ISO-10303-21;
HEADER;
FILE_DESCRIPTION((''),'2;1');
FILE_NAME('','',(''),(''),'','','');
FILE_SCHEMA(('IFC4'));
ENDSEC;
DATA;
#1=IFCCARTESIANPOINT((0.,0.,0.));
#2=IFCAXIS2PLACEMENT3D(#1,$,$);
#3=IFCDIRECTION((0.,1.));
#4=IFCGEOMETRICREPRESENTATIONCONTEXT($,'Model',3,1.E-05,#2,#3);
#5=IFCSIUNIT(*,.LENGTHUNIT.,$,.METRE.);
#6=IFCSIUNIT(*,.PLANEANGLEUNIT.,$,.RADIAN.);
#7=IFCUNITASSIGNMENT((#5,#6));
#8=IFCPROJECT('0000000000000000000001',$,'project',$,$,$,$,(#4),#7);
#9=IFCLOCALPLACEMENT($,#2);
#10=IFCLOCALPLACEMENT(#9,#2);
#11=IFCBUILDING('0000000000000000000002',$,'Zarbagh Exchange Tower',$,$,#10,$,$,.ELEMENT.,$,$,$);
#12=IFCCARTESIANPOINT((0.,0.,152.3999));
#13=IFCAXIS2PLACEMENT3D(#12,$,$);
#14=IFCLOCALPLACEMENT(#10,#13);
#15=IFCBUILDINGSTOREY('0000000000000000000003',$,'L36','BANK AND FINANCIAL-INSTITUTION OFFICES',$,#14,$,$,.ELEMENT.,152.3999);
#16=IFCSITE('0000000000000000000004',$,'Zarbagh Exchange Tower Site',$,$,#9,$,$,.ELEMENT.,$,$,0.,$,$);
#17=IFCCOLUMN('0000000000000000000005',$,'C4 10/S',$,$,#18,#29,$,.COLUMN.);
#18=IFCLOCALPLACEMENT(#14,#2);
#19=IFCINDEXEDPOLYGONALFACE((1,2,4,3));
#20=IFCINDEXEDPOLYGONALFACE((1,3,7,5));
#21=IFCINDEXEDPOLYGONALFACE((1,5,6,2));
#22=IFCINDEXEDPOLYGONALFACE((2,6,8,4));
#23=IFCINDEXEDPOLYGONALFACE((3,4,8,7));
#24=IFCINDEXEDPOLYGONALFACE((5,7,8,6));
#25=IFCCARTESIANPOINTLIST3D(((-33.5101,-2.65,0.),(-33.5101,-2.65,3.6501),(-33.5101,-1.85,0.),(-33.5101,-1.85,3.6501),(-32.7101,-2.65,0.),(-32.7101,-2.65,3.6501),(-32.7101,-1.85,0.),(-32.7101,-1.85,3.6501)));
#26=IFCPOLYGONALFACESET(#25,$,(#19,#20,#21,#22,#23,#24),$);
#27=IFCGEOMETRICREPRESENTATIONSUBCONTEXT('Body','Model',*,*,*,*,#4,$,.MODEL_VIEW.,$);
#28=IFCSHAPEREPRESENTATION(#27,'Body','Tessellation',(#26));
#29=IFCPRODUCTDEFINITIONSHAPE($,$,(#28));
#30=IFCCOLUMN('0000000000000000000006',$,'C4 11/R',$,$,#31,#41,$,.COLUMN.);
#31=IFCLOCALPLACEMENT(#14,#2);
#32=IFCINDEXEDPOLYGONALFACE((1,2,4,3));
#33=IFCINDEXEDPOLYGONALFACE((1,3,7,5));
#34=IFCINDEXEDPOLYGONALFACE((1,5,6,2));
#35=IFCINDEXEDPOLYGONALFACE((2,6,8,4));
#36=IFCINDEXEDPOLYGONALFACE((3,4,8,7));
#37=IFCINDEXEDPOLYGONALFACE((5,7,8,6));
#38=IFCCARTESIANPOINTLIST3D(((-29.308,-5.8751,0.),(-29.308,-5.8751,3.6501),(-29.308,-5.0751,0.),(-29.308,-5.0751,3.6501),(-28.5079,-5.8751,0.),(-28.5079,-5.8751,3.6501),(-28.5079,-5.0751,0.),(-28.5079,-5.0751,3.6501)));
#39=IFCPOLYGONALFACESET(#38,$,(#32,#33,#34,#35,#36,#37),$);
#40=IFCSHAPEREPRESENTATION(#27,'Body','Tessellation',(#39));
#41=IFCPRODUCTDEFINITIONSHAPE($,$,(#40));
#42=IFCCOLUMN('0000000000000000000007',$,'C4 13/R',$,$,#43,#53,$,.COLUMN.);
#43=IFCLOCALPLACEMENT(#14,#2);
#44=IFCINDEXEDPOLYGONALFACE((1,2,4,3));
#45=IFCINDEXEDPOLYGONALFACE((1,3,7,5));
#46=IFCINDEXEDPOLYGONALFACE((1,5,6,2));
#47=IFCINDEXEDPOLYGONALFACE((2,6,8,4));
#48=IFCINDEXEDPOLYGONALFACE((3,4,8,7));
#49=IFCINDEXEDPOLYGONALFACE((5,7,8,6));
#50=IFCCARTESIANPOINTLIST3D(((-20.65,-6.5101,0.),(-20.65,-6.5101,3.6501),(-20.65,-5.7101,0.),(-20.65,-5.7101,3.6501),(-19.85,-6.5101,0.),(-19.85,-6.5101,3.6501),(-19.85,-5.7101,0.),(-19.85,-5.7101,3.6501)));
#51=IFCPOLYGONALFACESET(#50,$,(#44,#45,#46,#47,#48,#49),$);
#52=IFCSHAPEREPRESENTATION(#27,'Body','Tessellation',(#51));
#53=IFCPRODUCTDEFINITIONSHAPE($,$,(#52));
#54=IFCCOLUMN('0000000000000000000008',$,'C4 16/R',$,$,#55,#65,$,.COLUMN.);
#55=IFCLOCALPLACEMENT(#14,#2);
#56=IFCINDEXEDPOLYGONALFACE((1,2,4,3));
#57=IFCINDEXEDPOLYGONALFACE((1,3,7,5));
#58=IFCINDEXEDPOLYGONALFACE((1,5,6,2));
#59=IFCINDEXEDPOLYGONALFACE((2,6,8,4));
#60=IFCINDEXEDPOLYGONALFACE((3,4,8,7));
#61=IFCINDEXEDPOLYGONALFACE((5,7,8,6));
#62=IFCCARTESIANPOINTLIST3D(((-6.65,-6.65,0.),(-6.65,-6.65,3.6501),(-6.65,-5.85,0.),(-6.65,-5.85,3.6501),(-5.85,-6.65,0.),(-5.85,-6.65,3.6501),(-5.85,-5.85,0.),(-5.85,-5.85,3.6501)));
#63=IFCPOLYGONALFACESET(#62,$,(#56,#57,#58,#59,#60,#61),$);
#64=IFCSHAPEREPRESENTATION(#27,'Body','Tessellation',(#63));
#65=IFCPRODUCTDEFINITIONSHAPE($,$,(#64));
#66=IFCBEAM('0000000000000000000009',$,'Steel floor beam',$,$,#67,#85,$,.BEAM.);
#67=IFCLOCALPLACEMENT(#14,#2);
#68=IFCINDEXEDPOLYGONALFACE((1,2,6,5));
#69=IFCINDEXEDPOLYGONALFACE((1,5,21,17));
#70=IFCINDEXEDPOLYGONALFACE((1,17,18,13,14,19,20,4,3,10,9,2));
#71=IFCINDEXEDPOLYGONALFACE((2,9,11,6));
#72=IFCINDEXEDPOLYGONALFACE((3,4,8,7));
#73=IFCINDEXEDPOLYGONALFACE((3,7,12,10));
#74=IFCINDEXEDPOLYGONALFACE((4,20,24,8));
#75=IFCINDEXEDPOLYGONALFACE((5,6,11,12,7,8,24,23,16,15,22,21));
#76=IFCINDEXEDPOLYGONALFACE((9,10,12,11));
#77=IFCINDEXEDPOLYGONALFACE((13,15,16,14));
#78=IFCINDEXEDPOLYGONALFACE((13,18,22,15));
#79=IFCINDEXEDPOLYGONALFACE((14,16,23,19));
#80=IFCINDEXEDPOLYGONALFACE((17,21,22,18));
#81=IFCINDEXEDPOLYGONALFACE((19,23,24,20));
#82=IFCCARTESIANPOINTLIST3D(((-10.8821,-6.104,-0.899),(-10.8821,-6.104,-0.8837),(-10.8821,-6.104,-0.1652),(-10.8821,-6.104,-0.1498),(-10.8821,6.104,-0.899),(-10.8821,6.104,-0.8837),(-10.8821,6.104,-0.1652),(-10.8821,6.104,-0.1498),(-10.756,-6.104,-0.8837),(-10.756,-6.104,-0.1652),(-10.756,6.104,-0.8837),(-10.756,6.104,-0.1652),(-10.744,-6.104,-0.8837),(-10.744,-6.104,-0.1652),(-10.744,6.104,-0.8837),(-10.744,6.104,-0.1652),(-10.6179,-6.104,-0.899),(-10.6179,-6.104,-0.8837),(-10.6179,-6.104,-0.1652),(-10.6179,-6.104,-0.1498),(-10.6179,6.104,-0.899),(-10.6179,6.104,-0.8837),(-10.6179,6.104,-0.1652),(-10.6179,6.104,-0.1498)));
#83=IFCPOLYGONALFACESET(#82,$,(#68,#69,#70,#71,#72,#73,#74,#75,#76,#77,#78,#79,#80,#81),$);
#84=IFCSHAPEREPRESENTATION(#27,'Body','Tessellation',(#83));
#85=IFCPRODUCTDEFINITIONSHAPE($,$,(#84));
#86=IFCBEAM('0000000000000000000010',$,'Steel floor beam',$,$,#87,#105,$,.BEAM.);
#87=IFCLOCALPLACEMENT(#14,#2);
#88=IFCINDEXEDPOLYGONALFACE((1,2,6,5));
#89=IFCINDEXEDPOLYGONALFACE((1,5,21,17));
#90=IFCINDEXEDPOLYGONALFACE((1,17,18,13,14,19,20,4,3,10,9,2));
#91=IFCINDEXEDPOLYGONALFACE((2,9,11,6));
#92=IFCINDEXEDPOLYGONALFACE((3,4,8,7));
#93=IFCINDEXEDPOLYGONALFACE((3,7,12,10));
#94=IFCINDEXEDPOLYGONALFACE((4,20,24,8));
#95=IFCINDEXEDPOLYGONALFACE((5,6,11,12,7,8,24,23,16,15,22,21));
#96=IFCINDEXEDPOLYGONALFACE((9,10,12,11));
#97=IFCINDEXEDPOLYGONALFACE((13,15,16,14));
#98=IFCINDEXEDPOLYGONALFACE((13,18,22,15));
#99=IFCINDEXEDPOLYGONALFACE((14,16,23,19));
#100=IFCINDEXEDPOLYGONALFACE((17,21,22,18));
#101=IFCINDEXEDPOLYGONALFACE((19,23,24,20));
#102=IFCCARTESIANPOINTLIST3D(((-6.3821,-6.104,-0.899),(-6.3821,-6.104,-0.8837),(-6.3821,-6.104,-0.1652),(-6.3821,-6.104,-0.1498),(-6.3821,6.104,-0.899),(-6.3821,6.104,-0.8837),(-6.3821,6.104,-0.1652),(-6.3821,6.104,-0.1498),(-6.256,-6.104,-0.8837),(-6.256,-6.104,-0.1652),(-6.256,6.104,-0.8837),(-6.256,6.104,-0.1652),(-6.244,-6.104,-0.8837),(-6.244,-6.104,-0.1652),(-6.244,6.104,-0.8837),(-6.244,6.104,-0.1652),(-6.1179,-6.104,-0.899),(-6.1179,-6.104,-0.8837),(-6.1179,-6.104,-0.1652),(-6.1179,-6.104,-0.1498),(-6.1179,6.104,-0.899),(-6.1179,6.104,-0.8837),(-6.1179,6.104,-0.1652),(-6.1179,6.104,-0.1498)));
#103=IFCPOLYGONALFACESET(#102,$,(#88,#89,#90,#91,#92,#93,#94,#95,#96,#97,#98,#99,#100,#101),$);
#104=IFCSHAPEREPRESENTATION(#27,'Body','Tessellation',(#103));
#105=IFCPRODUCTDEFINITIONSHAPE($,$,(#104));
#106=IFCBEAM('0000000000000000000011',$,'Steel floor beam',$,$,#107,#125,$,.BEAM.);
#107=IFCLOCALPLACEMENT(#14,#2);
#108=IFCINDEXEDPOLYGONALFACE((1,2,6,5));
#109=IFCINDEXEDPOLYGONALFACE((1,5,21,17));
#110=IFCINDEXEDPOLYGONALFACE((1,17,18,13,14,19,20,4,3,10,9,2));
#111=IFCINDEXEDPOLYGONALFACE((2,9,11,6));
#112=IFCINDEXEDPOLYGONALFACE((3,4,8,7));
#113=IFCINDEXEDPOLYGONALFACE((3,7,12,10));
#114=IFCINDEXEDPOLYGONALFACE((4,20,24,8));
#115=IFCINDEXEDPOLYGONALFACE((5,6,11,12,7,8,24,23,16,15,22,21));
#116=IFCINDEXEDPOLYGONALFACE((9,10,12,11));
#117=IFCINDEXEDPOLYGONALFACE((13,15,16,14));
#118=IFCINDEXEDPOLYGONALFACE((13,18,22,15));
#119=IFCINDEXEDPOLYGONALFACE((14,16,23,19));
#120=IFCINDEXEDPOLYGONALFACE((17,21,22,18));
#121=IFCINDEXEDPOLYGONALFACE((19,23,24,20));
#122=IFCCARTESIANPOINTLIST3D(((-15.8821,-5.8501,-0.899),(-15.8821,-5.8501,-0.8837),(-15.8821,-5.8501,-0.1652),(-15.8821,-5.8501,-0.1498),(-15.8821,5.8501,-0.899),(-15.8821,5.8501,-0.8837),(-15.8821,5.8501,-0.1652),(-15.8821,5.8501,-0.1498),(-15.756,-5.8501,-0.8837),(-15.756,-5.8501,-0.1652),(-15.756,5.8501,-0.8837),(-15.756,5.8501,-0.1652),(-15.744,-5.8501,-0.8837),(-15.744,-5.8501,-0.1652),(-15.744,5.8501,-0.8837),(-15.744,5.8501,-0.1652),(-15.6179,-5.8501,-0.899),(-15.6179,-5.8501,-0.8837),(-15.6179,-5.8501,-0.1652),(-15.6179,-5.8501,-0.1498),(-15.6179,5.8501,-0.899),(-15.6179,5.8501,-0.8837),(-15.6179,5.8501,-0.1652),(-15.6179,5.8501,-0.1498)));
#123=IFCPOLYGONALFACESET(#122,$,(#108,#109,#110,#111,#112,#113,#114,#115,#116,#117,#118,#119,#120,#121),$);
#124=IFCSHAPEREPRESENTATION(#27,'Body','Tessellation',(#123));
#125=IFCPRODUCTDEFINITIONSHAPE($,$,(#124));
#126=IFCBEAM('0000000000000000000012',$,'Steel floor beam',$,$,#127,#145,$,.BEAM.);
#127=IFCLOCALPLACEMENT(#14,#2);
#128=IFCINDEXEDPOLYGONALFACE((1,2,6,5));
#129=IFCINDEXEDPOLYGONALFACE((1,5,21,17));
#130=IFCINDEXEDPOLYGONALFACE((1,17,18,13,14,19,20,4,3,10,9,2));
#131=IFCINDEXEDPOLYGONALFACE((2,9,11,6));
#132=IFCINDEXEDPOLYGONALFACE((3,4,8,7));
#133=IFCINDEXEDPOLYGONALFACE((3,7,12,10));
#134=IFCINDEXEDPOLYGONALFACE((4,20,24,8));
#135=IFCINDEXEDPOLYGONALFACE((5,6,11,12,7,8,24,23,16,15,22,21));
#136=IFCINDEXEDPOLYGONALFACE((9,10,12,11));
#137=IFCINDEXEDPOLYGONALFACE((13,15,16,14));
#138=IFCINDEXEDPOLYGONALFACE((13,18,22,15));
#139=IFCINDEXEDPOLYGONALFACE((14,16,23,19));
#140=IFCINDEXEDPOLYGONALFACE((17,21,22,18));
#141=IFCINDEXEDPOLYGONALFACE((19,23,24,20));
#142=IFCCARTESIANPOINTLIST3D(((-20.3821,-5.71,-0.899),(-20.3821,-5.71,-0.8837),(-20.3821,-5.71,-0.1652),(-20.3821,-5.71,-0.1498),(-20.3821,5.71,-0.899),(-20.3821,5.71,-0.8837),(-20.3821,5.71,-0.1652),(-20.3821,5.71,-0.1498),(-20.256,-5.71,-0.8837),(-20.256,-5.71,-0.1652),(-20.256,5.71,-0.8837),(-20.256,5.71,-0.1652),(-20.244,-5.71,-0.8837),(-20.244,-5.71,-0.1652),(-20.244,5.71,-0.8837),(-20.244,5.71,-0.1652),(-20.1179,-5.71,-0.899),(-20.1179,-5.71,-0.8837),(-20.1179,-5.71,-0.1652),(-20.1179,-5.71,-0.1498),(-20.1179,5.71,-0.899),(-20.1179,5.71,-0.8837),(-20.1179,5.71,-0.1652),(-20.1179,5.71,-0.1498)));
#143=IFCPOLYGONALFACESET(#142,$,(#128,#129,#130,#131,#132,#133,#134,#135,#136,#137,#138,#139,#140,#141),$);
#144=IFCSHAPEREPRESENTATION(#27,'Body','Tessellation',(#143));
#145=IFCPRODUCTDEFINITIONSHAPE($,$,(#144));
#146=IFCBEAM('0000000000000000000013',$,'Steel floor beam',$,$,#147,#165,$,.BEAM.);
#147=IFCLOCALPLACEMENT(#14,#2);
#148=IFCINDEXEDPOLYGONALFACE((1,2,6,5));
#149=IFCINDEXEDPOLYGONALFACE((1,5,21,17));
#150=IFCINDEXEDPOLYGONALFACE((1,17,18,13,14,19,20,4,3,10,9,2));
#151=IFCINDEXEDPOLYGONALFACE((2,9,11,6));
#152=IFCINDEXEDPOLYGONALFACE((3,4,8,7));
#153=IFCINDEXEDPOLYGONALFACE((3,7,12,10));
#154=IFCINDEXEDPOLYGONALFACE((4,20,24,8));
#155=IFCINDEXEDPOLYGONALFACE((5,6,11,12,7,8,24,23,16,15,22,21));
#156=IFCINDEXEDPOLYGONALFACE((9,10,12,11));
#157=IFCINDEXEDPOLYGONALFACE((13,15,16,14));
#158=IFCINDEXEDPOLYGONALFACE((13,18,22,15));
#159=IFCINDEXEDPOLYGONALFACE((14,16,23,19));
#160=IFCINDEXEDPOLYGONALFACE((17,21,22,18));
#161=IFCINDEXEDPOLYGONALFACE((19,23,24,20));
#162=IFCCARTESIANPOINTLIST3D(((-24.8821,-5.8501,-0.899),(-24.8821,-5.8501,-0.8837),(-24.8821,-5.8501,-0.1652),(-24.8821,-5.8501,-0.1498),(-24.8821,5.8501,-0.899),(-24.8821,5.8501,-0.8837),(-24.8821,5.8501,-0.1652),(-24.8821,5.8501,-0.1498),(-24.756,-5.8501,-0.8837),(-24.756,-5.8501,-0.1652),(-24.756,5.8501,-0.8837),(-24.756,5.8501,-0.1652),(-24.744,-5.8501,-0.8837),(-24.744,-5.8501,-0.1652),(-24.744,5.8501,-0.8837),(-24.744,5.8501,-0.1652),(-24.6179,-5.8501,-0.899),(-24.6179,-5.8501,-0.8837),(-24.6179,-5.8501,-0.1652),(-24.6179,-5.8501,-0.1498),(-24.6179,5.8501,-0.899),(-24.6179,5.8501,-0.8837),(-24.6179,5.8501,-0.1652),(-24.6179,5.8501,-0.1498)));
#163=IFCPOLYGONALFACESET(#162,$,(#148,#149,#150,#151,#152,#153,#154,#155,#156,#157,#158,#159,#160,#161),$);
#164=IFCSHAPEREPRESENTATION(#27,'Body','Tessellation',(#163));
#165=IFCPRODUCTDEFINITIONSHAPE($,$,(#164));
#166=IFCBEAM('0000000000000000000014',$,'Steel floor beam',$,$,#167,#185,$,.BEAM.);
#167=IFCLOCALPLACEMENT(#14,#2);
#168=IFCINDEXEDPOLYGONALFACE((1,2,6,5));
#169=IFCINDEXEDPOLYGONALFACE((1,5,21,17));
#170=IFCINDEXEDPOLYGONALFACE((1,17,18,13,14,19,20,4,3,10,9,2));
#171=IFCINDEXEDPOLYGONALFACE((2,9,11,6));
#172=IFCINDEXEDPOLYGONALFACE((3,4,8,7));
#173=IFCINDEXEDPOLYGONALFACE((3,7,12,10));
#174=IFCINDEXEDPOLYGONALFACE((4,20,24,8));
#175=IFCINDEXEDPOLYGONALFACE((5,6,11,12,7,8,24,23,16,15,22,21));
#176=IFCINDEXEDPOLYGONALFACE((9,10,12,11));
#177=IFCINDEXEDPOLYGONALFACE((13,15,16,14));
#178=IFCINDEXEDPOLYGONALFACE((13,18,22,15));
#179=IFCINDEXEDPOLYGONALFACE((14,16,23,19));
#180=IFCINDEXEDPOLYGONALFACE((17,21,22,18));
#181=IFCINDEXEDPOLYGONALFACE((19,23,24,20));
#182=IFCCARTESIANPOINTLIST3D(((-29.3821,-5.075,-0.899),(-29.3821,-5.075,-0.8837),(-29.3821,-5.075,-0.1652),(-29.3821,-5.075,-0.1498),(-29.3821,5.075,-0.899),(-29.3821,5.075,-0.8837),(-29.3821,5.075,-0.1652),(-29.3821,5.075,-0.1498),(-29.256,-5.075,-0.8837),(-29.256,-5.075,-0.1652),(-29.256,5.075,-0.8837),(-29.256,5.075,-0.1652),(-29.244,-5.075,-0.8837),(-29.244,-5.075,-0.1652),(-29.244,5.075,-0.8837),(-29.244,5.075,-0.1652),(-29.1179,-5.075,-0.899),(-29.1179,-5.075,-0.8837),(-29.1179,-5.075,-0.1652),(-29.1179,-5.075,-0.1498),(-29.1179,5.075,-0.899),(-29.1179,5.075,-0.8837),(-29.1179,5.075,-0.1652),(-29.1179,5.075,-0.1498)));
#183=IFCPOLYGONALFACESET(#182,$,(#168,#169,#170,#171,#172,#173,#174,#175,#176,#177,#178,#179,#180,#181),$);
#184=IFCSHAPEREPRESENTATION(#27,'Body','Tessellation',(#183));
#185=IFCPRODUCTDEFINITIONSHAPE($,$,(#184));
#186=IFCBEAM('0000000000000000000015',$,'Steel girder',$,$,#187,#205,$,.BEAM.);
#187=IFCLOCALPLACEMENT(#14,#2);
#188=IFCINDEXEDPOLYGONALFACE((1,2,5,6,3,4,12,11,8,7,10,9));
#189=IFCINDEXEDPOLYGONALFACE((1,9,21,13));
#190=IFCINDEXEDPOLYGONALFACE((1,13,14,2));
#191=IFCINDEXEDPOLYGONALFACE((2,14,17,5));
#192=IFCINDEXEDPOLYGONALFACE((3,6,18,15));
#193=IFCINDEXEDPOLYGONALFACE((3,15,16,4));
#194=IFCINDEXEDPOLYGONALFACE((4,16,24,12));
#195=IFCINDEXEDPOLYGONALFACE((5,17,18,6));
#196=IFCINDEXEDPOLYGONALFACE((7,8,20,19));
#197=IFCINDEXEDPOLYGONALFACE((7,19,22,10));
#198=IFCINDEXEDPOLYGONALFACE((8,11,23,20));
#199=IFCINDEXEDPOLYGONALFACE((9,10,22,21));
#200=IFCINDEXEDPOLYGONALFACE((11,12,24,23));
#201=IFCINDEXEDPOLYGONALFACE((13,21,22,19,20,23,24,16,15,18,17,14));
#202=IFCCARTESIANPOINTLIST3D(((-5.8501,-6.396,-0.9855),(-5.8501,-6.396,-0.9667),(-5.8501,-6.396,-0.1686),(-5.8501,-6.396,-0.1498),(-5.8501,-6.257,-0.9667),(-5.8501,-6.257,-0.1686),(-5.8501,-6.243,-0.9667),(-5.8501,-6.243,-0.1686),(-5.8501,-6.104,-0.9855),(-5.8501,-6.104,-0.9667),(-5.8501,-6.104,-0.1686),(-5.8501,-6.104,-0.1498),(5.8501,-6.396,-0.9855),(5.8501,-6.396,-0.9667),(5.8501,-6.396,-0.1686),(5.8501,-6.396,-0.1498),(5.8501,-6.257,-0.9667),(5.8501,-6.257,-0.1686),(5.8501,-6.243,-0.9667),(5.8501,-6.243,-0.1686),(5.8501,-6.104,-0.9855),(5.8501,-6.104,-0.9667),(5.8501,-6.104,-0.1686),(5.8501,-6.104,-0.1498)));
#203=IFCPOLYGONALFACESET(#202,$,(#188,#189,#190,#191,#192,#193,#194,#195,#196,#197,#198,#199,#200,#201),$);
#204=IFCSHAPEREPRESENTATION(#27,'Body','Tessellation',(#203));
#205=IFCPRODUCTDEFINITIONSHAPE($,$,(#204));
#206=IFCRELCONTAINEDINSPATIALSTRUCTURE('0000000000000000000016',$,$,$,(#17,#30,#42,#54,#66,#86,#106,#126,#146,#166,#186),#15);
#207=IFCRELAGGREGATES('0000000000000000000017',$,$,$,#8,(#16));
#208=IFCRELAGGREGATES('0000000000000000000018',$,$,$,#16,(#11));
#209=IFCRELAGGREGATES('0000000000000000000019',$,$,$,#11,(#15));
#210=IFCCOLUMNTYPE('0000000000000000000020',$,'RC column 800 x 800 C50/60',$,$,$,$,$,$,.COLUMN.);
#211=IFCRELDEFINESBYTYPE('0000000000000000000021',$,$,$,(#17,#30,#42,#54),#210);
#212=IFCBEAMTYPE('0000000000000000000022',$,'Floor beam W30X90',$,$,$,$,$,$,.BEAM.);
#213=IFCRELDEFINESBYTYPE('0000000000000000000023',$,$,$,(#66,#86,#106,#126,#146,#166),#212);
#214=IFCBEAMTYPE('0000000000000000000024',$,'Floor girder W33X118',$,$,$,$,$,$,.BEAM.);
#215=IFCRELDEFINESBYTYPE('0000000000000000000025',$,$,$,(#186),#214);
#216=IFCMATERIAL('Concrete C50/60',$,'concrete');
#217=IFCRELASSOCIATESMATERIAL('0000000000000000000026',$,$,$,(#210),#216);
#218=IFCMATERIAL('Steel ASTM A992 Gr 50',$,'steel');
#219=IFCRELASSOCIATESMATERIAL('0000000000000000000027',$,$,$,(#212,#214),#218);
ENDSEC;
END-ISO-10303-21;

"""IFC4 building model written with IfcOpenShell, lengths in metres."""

from ifc_helpers import new_model, si_unit, direction, frame, origin, origin_2d, place, context, subcontext, project, spatial, rectangle, i_section, extrude, material, material_profile, profile_set, type_object, element, save


model = new_model("IFC4")

# Units and contexts
model_context = context("Model", 3, precision=1e-05, world=origin(), true_north=direction((0.0, 1.0)))
body_context = subcontext(model_context, "Body", "Model", "MODEL_VIEW")
ifc_project = project(units=[si_unit("LENGTHUNIT", "METRE"), si_unit("PLANEANGLEUNIT", "RADIAN")], contexts=[model_context])

# Site, building, storey
site_placement = place(None, origin())
site = spatial("IfcSite", under=ifc_project, at=site_placement, Name="Zarbagh Exchange Tower Site", CompositionType="ELEMENT", RefElevation=0.0)
building_placement = place(site_placement, origin())
building = spatial("IfcBuilding", under=site, at=building_placement, Name="Zarbagh Exchange Tower", CompositionType="ELEMENT")
storey_placement = place(building_placement, frame((0.0, 0.0, 152.3999)))
storey = spatial("IfcBuildingStorey", under=building, at=storey_placement, Name="L36", Description="BANK AND FINANCIAL-INSTITUTION OFFICES", CompositionType="ELEMENT", Elevation=152.3999)

# Columns
ifc_material_1 = material(Name="Concrete C50/60", Category="concrete")
ifc_material_profile_1 = material_profile(ifc_material_1, rectangle(XDim=0.8, YDim=0.8, at=origin_2d()), Name="RC column 800 x 800 C50/60")
ifc_profile_set_1 = profile_set([ifc_material_profile_1], Name="Concrete C50/60")
column_type = type_object("IfcColumnType", Name="RC column 800 x 800 C50/60", PredefinedType="COLUMN", material=ifc_profile_set_1)
for number, where, z_axis, x_axis, name in (
    (1, (-33.1101, -2.25, 0.0), (0.0, 0.0, 1.0), (1.0, 0.0, 0.0), "C4 10/S"),
    (2, (-28.908, -5.4751, 0.0), (0.0, 0.0, 1.0), (1.0, 0.0, 0.0), "C4 11/R"),
    (3, (-20.25, -6.1101, 0.0), (0.0, 0.0, 1.0), (1.0, 0.0, 0.0), "C4 13/R"),
    (4, (-6.25, -6.25, 0.0), (0.0, 0.0, 1.0), (1.0, 0.0, 0.0), "C4 16/R"),
):
    element("IfcColumn", number, at=place(storey_placement, frame(where, z_axis=z_axis, x_axis=x_axis)), inside=storey, type_object=column_type, Name=name, PredefinedType="COLUMN", context=body_context, shape_type="SweptSolid", body=[
        extrude(rectangle(XDim=0.8, YDim=0.8, at=origin_2d()), origin(), (0.0, 0.0, 1.0), 3.6501),
    ])

# Beams
ifc_material_2 = material(Name="Steel ASTM A992 Gr 50", Category="steel")
ifc_material_profile_2 = material_profile(ifc_material_2, i_section(OverallWidth=0.2642, OverallDepth=0.7493, WebThickness=0.012, FlangeThickness=0.0154, at=origin_2d()), Name="W30X90")
ifc_profile_set_2 = profile_set([ifc_material_profile_2], Name="Steel ASTM A992 Gr 50")
beam_type_1 = type_object("IfcBeamType", Name="Floor beam W30X90", PredefinedType="BEAM", material=ifc_profile_set_2)
for number, where, z_axis, x_axis, name in (
    (5, (-10.75, -6.104, -0.5244), (0.0, 1.0, 0.0), (-1.0, 0.0, 0.0), "Steel floor beam"),
    (6, (-6.25, -6.104, -0.5244), (0.0, 1.0, 0.0), (-1.0, 0.0, 0.0), "Steel floor beam"),
):
    element("IfcBeam", number, at=place(storey_placement, frame(where, z_axis=z_axis, x_axis=x_axis)), inside=storey, type_object=beam_type_1, Name=name, PredefinedType="BEAM", context=body_context, shape_type="SweptSolid", body=[
        extrude(i_section(OverallWidth=0.2642, OverallDepth=0.7493, WebThickness=0.012, FlangeThickness=0.0154, at=origin_2d()), origin(), (0.0, 0.0, 1.0), 12.208),
    ])
beam_1_placement = place(storey_placement, frame((-15.75, -5.8501, -0.5244), z_axis=(0.0, 1.0, 0.0), x_axis=(-1.0, 0.0, 0.0)))
element("IfcBeam", 7, at=beam_1_placement, inside=storey, type_object=beam_type_1, Name="Steel floor beam", PredefinedType="BEAM", context=body_context, shape_type="SweptSolid", body=[
    extrude(i_section(OverallWidth=0.2642, OverallDepth=0.7493, WebThickness=0.012, FlangeThickness=0.0154, at=origin_2d()), origin(), (0.0, 0.0, 1.0), 11.7002),
])
beam_2_placement = place(storey_placement, frame((-20.25, -5.71, -0.5244), z_axis=(0.0, 1.0, 0.0), x_axis=(-1.0, 0.0, 0.0)))
element("IfcBeam", 8, at=beam_2_placement, inside=storey, type_object=beam_type_1, Name="Steel floor beam", PredefinedType="BEAM", context=body_context, shape_type="SweptSolid", body=[
    extrude(i_section(OverallWidth=0.2642, OverallDepth=0.7493, WebThickness=0.012, FlangeThickness=0.0154, at=origin_2d()), origin(), (0.0, 0.0, 1.0), 11.4199),
])
beam_3_placement = place(storey_placement, frame((-24.75, -5.8501, -0.5244), z_axis=(0.0, 1.0, 0.0), x_axis=(-1.0, 0.0, 0.0)))
element("IfcBeam", 9, at=beam_3_placement, inside=storey, type_object=beam_type_1, Name="Steel floor beam", PredefinedType="BEAM", context=body_context, shape_type="SweptSolid", body=[
    extrude(i_section(OverallWidth=0.2642, OverallDepth=0.7493, WebThickness=0.012, FlangeThickness=0.0154, at=origin_2d()), origin(), (0.0, 0.0, 1.0), 11.7002),
])
beam_4_placement = place(storey_placement, frame((-29.25, -5.075, -0.5244), z_axis=(0.0, 1.0, 0.0), x_axis=(-1.0, 0.0, 0.0)))
element("IfcBeam", 10, at=beam_4_placement, inside=storey, type_object=beam_type_1, Name="Steel floor beam", PredefinedType="BEAM", context=body_context, shape_type="SweptSolid", body=[
    extrude(i_section(OverallWidth=0.2642, OverallDepth=0.7493, WebThickness=0.012, FlangeThickness=0.0154, at=origin_2d()), origin(), (0.0, 0.0, 1.0), 10.1499),
])
ifc_material_profile_3 = material_profile(ifc_material_2, i_section(OverallWidth=0.292, OverallDepth=0.8357, WebThickness=0.0139, FlangeThickness=0.0188, at=origin_2d()), Name="W33X118")
ifc_profile_set_3 = profile_set([ifc_material_profile_3], Name="Steel ASTM A992 Gr 50")
beam_type_2 = type_object("IfcBeamType", Name="Floor girder W33X118", PredefinedType="BEAM", material=ifc_profile_set_3)
beam_5_placement = place(storey_placement, frame((-5.8501, -6.25, -0.5676), z_axis=(1.0, 0.0, 0.0), x_axis=(0.0, 1.0, 0.0)))
element("IfcBeam", 11, at=beam_5_placement, inside=storey, type_object=beam_type_2, Name="Steel girder", PredefinedType="BEAM", context=body_context, shape_type="SweptSolid", body=[
    extrude(i_section(OverallWidth=0.292, OverallDepth=0.8357, WebThickness=0.0139, FlangeThickness=0.0188, at=origin_2d()), origin(), (0.0, 0.0, 1.0), 11.7002),
])

save(model, "model.ifc")
